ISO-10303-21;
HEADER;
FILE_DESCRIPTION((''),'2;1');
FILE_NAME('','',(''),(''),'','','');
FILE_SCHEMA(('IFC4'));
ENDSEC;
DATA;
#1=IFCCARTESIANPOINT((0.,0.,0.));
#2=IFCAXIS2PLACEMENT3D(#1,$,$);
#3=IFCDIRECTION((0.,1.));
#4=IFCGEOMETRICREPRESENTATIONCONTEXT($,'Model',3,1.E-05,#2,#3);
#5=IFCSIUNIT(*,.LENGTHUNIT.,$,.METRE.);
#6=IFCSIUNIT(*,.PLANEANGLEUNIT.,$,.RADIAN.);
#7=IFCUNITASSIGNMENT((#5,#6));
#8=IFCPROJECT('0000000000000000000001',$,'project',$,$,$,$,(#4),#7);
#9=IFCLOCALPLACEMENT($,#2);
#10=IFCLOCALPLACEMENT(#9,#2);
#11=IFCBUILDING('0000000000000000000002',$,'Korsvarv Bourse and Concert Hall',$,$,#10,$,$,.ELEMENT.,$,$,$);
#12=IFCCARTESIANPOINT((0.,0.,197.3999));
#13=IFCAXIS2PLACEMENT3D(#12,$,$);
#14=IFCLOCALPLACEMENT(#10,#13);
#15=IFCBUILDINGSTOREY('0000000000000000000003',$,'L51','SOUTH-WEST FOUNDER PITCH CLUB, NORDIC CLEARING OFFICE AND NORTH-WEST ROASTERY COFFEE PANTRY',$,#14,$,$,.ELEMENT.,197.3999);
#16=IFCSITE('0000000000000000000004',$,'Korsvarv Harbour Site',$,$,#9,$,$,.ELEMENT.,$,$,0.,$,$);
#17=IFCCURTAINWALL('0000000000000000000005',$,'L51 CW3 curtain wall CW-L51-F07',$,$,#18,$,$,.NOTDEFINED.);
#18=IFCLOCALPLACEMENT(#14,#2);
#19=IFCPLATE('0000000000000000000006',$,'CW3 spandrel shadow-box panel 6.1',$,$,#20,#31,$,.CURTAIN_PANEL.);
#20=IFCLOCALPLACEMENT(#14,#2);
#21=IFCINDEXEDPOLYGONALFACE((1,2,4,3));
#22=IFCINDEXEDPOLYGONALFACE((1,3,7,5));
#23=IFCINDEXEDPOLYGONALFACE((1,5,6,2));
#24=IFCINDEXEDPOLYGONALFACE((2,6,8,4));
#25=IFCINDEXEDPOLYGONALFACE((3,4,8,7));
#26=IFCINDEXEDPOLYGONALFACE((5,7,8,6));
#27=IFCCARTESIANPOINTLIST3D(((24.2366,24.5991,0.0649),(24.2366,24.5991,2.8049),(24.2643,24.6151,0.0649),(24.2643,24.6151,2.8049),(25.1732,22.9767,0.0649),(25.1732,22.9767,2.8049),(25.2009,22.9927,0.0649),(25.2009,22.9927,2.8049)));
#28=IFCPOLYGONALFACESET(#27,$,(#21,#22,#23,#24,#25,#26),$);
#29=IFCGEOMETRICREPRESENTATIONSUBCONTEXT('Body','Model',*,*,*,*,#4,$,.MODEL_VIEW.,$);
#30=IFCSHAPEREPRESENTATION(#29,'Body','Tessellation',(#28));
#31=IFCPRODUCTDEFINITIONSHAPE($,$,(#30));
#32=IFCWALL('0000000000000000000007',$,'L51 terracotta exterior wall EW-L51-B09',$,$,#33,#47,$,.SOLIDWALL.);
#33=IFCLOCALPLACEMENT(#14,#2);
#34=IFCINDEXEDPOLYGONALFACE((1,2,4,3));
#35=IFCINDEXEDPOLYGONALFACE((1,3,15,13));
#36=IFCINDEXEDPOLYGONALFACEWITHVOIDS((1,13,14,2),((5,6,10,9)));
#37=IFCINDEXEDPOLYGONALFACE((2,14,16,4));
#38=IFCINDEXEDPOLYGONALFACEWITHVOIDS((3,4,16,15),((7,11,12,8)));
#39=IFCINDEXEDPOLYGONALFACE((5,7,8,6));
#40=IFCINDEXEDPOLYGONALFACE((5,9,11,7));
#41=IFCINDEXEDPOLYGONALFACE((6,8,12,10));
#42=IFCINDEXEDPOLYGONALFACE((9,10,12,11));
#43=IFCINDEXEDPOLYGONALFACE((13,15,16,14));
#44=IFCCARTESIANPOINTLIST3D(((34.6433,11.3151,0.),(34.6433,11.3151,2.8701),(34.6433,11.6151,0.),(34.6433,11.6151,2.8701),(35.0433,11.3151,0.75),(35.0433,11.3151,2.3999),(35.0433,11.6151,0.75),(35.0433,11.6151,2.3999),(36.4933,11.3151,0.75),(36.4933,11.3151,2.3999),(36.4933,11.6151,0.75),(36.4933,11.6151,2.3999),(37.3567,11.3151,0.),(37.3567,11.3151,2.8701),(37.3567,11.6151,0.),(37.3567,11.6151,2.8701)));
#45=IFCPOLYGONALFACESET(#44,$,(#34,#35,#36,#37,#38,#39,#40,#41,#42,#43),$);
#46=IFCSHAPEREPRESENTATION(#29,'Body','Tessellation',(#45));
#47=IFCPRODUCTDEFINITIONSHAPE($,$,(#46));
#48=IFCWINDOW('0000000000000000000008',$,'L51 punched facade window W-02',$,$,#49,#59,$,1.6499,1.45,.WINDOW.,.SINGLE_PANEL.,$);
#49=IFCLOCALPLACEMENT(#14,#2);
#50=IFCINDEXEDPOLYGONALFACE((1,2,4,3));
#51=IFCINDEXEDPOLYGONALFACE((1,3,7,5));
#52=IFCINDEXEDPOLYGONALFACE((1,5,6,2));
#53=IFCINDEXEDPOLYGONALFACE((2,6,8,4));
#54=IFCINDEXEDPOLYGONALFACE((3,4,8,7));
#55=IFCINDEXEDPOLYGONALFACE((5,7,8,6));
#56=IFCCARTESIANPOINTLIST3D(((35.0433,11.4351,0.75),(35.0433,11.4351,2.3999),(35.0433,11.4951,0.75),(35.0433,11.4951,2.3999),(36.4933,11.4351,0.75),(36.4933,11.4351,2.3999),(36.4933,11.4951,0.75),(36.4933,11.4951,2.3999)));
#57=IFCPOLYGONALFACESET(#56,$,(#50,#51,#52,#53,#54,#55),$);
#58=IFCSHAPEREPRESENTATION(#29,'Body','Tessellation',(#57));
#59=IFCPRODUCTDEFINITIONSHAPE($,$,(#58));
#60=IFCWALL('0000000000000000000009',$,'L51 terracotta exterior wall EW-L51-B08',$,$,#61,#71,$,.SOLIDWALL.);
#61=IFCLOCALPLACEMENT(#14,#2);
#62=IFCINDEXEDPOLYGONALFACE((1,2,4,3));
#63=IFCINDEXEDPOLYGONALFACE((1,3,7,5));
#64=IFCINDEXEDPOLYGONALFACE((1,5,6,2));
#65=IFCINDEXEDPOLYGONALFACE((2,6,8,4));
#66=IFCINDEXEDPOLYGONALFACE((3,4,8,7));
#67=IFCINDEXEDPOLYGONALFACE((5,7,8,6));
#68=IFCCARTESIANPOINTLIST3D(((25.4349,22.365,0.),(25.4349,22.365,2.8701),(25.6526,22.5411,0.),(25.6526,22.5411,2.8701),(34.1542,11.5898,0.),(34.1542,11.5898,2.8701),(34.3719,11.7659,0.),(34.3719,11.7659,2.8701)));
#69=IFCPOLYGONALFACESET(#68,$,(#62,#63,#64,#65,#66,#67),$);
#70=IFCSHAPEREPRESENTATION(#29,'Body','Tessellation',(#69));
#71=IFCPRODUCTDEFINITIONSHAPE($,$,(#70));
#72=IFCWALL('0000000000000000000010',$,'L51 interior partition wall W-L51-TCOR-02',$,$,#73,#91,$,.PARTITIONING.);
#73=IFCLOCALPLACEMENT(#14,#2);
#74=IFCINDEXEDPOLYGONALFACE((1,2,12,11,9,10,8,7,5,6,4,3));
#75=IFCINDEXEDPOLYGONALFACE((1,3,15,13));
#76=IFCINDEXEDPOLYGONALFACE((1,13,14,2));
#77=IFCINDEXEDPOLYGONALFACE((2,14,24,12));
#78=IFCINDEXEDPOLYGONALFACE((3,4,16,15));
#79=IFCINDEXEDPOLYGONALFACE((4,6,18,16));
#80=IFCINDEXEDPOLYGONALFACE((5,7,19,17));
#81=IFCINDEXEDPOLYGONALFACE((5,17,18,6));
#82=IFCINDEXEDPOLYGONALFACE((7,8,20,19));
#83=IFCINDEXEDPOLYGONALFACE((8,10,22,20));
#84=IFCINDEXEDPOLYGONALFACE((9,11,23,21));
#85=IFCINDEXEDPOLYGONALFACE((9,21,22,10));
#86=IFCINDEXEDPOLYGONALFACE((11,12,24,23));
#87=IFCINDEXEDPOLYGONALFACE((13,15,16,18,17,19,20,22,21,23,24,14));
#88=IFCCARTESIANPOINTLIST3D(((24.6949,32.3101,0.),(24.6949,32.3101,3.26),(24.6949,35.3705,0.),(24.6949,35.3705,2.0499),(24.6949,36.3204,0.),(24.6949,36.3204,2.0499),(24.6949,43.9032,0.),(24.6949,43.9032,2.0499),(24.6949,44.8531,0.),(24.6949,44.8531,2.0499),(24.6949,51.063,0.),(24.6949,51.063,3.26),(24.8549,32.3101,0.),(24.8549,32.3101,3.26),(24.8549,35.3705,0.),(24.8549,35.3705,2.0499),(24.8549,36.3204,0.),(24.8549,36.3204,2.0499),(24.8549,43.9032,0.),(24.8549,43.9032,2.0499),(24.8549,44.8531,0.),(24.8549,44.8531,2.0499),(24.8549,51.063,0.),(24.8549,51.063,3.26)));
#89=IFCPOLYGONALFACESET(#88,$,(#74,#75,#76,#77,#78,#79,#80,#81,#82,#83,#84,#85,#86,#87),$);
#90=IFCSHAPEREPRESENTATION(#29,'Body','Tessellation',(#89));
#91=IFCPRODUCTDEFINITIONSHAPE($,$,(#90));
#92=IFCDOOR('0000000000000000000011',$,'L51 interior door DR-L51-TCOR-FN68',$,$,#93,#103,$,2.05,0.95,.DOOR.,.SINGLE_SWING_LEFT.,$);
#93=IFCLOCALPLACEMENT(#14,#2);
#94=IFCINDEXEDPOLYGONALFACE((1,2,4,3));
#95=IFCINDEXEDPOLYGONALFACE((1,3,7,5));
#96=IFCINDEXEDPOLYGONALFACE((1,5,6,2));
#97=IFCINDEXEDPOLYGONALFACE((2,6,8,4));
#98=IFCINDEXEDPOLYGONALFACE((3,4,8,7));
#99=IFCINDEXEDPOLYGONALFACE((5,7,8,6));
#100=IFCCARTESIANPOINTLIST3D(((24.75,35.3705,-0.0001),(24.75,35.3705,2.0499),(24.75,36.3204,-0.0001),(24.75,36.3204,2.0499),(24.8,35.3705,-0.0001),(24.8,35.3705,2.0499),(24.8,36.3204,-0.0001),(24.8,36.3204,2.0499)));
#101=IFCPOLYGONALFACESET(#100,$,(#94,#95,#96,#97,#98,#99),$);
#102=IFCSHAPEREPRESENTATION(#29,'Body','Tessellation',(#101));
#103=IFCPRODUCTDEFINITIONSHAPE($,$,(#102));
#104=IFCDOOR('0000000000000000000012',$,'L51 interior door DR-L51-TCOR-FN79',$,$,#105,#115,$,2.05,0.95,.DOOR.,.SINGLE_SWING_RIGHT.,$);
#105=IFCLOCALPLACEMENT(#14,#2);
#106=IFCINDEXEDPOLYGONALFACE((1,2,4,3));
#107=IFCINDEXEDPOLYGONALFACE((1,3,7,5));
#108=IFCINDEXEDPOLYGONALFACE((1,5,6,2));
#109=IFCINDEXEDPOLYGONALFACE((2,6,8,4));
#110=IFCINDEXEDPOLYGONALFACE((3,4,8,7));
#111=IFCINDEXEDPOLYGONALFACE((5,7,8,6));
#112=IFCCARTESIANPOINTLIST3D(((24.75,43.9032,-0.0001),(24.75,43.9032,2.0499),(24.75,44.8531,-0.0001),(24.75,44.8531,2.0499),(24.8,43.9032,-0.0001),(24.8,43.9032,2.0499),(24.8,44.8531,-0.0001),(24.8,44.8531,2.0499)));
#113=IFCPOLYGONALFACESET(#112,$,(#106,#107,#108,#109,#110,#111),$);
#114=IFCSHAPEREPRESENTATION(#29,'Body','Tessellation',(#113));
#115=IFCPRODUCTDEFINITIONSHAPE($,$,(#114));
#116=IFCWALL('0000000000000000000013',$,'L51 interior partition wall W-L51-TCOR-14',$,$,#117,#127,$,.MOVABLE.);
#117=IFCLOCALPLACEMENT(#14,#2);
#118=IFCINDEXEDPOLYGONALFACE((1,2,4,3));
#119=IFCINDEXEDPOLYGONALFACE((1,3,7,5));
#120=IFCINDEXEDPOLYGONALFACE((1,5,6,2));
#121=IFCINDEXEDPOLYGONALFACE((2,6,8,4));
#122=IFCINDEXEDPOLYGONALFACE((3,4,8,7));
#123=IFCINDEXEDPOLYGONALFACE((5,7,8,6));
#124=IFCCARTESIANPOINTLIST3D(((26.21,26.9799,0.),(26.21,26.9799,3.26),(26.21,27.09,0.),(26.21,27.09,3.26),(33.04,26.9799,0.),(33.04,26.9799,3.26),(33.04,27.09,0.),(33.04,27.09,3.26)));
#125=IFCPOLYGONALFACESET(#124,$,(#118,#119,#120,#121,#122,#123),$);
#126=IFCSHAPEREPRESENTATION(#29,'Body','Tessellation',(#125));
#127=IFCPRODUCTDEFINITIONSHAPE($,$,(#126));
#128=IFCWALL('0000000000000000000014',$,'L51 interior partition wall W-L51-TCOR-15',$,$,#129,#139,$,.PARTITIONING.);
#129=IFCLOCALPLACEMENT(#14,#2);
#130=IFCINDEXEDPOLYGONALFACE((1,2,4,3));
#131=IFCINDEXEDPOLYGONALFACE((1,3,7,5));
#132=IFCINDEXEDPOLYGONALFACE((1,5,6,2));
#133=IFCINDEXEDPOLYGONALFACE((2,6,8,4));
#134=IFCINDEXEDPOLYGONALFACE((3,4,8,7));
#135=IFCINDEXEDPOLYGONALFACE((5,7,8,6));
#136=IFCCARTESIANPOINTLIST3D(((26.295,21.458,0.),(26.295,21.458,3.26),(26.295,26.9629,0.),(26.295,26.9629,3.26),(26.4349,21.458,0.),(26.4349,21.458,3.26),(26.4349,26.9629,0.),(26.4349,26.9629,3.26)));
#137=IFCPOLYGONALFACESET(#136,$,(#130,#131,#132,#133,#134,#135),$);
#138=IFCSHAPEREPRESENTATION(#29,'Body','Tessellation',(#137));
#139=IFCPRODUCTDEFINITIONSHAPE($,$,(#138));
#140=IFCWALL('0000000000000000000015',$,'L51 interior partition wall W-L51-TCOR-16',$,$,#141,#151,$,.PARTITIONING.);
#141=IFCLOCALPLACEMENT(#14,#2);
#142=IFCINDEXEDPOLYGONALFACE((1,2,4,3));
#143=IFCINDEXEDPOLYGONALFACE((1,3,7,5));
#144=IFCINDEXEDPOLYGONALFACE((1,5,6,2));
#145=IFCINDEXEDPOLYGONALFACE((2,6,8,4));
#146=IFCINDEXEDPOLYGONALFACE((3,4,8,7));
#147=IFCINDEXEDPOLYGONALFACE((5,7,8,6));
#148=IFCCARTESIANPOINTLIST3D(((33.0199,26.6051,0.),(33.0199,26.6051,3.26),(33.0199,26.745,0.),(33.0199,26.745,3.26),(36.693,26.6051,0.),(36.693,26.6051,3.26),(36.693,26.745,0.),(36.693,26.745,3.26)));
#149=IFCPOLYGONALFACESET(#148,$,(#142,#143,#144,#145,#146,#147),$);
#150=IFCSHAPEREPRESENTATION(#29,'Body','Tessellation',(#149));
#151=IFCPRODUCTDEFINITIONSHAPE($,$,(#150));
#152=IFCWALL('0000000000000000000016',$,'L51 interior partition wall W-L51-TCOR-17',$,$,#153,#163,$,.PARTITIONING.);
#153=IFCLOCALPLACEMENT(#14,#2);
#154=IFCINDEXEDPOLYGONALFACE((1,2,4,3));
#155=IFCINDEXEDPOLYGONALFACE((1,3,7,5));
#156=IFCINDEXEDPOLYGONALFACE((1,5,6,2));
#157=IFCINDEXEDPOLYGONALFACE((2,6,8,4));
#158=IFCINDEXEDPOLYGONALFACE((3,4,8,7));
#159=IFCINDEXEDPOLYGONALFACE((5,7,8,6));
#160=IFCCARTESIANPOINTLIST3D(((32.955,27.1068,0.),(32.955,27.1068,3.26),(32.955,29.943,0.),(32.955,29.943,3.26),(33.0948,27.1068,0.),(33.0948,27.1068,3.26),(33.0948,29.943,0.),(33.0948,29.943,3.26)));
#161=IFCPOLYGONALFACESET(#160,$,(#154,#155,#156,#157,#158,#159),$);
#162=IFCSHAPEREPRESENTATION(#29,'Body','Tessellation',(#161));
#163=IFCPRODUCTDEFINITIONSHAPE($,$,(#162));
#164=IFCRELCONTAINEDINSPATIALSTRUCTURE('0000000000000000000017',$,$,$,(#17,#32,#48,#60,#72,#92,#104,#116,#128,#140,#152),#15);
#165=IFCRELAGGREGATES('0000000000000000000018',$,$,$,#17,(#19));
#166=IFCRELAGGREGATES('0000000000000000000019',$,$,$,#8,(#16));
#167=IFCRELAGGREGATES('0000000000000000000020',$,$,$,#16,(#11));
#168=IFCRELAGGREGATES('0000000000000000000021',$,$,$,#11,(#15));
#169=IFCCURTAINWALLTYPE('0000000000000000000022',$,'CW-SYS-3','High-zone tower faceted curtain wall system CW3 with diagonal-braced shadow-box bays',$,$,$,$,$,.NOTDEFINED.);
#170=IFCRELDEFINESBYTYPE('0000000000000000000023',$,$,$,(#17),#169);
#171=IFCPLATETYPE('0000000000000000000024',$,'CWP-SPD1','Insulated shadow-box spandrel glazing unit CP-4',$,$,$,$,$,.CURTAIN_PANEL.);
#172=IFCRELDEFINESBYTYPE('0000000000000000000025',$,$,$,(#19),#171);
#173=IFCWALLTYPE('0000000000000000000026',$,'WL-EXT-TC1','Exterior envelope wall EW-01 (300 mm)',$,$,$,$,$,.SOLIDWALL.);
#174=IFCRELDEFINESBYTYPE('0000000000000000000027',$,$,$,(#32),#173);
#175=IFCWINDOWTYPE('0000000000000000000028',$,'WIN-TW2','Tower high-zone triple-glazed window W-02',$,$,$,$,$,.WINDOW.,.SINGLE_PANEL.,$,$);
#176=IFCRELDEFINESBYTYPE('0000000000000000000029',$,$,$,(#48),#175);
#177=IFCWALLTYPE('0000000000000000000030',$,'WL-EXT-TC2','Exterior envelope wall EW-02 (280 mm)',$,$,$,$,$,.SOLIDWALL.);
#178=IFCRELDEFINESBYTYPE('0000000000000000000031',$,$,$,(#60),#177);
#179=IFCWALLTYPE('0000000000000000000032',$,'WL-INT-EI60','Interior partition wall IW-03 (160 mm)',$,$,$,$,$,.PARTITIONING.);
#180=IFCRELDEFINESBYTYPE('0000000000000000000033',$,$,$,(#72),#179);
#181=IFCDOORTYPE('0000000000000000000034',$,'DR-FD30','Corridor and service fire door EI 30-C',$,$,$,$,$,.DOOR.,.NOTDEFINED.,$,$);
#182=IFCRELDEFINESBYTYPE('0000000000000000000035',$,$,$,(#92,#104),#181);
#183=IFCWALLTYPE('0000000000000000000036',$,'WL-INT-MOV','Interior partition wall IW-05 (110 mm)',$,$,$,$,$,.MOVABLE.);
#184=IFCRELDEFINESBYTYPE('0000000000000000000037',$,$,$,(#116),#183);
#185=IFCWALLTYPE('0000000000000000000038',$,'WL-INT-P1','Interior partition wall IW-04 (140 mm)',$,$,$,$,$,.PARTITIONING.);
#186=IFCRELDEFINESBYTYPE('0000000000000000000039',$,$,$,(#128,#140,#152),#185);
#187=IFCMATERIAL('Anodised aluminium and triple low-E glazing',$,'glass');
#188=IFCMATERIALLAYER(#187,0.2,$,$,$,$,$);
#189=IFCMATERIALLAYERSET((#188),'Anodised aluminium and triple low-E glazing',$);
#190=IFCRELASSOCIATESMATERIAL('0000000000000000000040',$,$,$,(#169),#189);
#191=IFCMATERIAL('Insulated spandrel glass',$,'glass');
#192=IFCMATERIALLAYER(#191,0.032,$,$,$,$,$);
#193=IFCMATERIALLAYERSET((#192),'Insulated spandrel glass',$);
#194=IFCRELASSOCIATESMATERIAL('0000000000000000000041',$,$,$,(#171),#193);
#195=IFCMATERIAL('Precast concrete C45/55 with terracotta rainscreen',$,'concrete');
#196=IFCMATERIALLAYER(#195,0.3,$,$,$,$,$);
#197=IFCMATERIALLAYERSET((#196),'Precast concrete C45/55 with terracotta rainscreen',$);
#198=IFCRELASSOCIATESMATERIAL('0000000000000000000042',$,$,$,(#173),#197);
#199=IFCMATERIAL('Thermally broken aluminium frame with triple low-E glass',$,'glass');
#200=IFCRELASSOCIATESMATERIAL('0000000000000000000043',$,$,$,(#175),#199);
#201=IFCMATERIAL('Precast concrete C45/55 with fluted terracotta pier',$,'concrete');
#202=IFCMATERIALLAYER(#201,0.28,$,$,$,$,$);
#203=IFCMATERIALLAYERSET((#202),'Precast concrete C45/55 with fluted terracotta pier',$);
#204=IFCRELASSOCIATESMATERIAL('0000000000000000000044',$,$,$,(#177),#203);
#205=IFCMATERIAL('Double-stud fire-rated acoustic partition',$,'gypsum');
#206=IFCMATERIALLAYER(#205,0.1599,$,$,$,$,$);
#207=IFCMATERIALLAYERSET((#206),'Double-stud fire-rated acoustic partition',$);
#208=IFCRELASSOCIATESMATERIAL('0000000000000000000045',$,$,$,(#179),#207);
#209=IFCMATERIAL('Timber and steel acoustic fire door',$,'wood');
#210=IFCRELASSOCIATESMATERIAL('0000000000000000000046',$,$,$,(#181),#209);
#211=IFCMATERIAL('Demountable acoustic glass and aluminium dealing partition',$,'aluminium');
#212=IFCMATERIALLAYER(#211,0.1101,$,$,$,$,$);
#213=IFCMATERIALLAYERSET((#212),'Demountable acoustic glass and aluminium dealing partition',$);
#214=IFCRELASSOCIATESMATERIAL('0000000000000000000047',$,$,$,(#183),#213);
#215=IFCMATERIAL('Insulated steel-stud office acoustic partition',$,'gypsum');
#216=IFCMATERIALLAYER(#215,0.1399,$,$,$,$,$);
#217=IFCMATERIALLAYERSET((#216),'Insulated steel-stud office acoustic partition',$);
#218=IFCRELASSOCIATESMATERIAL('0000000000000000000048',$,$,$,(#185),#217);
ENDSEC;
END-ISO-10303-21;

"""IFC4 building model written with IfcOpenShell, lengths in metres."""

from ifc_helpers import new_model, si_unit, direction, frame, frame_2d, origin, origin_2d, place, context, subcontext, project, spatial, rectangle, extrude, source, transform, mapped, material, layer, layer_set, type_object, element, fill, aggregate, save


model = new_model("IFC4")

# Units and contexts
model_context = context("Model", 3, precision=1e-05, world=origin(), true_north=direction((0.0, 1.0)))
body_context = subcontext(model_context, "Body", "Model", "MODEL_VIEW")
ifc_project = project(units=[si_unit("LENGTHUNIT", "METRE"), si_unit("PLANEANGLEUNIT", "RADIAN")], contexts=[model_context])

# Site, building, storey
site_placement = place(None, origin())
site = spatial("IfcSite", under=ifc_project, at=site_placement, Name="Korsvarv Harbour Site", CompositionType="ELEMENT", RefElevation=0.0)
building_placement = place(site_placement, origin())
building = spatial("IfcBuilding", under=site, at=building_placement, Name="Korsvarv Bourse and Concert Hall", CompositionType="ELEMENT")
storey_placement = place(building_placement, frame((0.0, 0.0, 197.3999)))
storey = spatial("IfcBuildingStorey", under=building, at=storey_placement, Name="L51", Description="SOUTH-WEST FOUNDER PITCH CLUB, NORDIC CLEARING OFFICE AND NORTH-WEST ROASTERY COFFEE PANTRY", CompositionType="ELEMENT", Elevation=197.3999)

# Curtain wall, plate
ifc_material_1 = material(Name="Anodised aluminium and triple low-E glazing", Category="glass")
ifc_layer_1 = layer(ifc_material_1, 0.2)
ifc_layer_set_1 = layer_set([ifc_layer_1], Name="Anodised aluminium and triple low-E glazing")
curtain_wall_type = type_object("IfcCurtainWallType", Name="CW-SYS-3", Description="High-zone tower faceted curtain wall system CW3 with diagonal-braced shadow-box bays", PredefinedType="NOTDEFINED", material=ifc_layer_set_1)
curtain_wall_placement = place(storey_placement, origin())
curtain_wall = element("IfcCurtainWall", 1, at=curtain_wall_placement, inside=storey, type_object=curtain_wall_type, Name="L51 CW3 curtain wall CW-L51-F07", PredefinedType="NOTDEFINED")
ifc_material_2 = material(Name="Insulated spandrel glass", Category="glass")
ifc_layer_2 = layer(ifc_material_2, 0.032)
ifc_layer_set_2 = layer_set([ifc_layer_2], Name="Insulated spandrel glass")
plate_type_1 = type_object("IfcPlateType", Name="CWP-SPD1", Description="Insulated shadow-box spandrel glazing unit CP-4", PredefinedType="CURTAIN_PANEL", material=ifc_layer_set_2)
shared_shape_1 = source(origin(), body_context, "Body", "SweptSolid", [
    extrude(rectangle(XDim=1.8733, YDim=0.032, at=origin_2d()), origin(), (0.0, 0.0, 1.0), 2.74),
])
plate_1_placement = place(storey_placement, frame((24.7188, 23.7959, 0.0649), z_axis=(0.0, 0.0, 1.0), x_axis=(0.499993, -0.86603, 0.0)))
plate_1 = element("IfcPlate", 2, at=plate_1_placement, type_object=plate_type_1, Name="CW3 spandrel shadow-box panel 6.1", PredefinedType="CURTAIN_PANEL", context=body_context, shape_type="MappedRepresentation", body=[
    mapped(shared_shape_1, transform((0.0, 0.0, 0.0), scale=1.0)),
])
aggregate(curtain_wall, [plate_1])

# Wall, opening, window
ifc_material_3 = material(Name="Precast concrete C45/55 with terracotta rainscreen", Category="concrete")
ifc_layer_3 = layer(ifc_material_3, 0.3)
ifc_layer_set_3 = layer_set([ifc_layer_3], Name="Precast concrete C45/55 with terracotta rainscreen")
wall_type_1 = type_object("IfcWallType", Name="WL-EXT-TC1", Description="Exterior envelope wall EW-01 (300 mm)", PredefinedType="SOLIDWALL", material=ifc_layer_set_3)
wall_1_placement = place(storey_placement, frame((34.6433, 11.4651, 0.0), z_axis=(0.0, 0.0, 1.0), x_axis=(1.0, 0.0, 0.0)))
wall_1 = element("IfcWall", 3, at=wall_1_placement, inside=storey, type_object=wall_type_1, Name="L51 terracotta exterior wall EW-L51-B09", PredefinedType="SOLIDWALL", context=body_context, shape_type="SweptSolid", body=[
    extrude(rectangle(XDim=2.7134, YDim=0.3, at=frame_2d((1.3567, 0.0))), origin(), (0.0, 0.0, 1.0), 2.8701),
])
opening_1_placement = place(wall_1_placement, frame((0.3999, 0.0, 0.75)))
opening_1 = element("IfcOpeningElement", 4, at=opening_1_placement, cuts=wall_1, PredefinedType="OPENING", context=body_context, shape_type="SweptSolid", body=[
    extrude(rectangle(XDim=1.45, YDim=1.6499, at=frame_2d((0.7251, 0.825))), frame((0.0, 0.1602, 0.0), z_axis=(0.0, -1.0, 0.0), x_axis=(1.0, 0.0, 0.0)), (0.0, 0.0, 1.0), 0.3201),
])
ifc_material_4 = material(Name="Thermally broken aluminium frame with triple low-E glass", Category="glass")
window_type = type_object("IfcWindowType", Name="WIN-TW2", Description="Tower high-zone triple-glazed window W-02", PartitioningType="SINGLE_PANEL", PredefinedType="WINDOW", material=ifc_material_4)
window_placement = place(opening_1_placement, origin())
window = element("IfcWindow", 5, at=window_placement, inside=storey, type_object=window_type, Name="L51 punched facade window W-02", OverallHeight=1.6499, OverallWidth=1.45, PartitioningType="SINGLE_PANEL", PredefinedType="WINDOW", context=body_context, shape_type="SweptSolid", body=[
    extrude(rectangle(XDim=1.45, YDim=1.6499, at=frame_2d((0.7251, 0.825))), frame((0.0, 0.03, 0.0), z_axis=(0.0, -1.0, 0.0), x_axis=(1.0, 0.0, 0.0)), (0.0, 0.0, 1.0), 0.0601),
])
fill(opening_1, window)

# Wall
ifc_material_5 = material(Name="Precast concrete C45/55 with fluted terracotta pier", Category="concrete")
ifc_layer_4 = layer(ifc_material_5, 0.28)
ifc_layer_set_4 = layer_set([ifc_layer_4], Name="Precast concrete C45/55 with fluted terracotta pier")
wall_type_2 = type_object("IfcWallType", Name="WL-EXT-TC2", Description="Exterior envelope wall EW-02 (280 mm)", PredefinedType="SOLIDWALL", material=ifc_layer_set_4)
wall_2_placement = place(storey_placement, frame((25.5437, 22.4531, 0.0), z_axis=(0.0, 0.0, 1.0), x_axis=(0.629046, -0.777368, 0.0)))
element("IfcWall", 6, at=wall_2_placement, inside=storey, type_object=wall_type_2, Name="L51 terracotta exterior wall EW-L51-B08", PredefinedType="SOLIDWALL", context=body_context, shape_type="SweptSolid", body=[
    extrude(rectangle(XDim=13.8611, YDim=0.28, at=frame_2d((6.9307, 0.0))), origin(), (0.0, 0.0, 1.0), 2.8701),
])

# Wall, openings, doors
ifc_material_6 = material(Name="Double-stud fire-rated acoustic partition", Category="gypsum")
ifc_layer_5 = layer(ifc_material_6, 0.1599)
ifc_layer_set_5 = layer_set([ifc_layer_5], Name="Double-stud fire-rated acoustic partition")
wall_type_3 = type_object("IfcWallType", Name="WL-INT-EI60", Description="Interior partition wall IW-03 (160 mm)", PredefinedType="PARTITIONING", material=ifc_layer_set_5)
wall_3_placement = place(storey_placement, frame((24.7749, 32.3101, 0.0), z_axis=(0.0, 0.0, 1.0), x_axis=(0.0, 1.0, 0.0)))
wall_3 = element("IfcWall", 7, at=wall_3_placement, inside=storey, type_object=wall_type_3, Name="L51 interior partition wall W-L51-TCOR-02", PredefinedType="PARTITIONING", context=body_context, shape_type="SweptSolid", body=[
    extrude(rectangle(XDim=18.7529, YDim=0.1599, at=frame_2d((9.3765, 0.0))), origin(), (0.0, 0.0, 1.0), 3.26),
])
opening_2_placement = place(wall_3_placement, frame((3.0603, 0.0, 0.0)))
opening_2 = element("IfcOpeningElement", 8, at=opening_2_placement, cuts=wall_3, PredefinedType="OPENING", context=body_context, shape_type="SweptSolid", body=[
    extrude(rectangle(XDim=0.95, YDim=2.05, at=frame_2d((0.4751, 1.0249))), frame((0.0, 0.0898, 0.0), z_axis=(0.0, -1.0, 0.0), x_axis=(1.0, 0.0, 0.0)), (0.0, 0.0, 1.0), 0.1799),
])
opening_3_placement = place(wall_3_placement, frame((11.593, 0.0, 0.0)))
opening_3 = element("IfcOpeningElement", 9, at=opening_3_placement, cuts=wall_3, PredefinedType="OPENING", context=body_context, shape_type="SweptSolid", body=[
    extrude(rectangle(XDim=0.95, YDim=2.05, at=frame_2d((0.4751, 1.0249))), frame((0.0, 0.0898, 0.0), z_axis=(0.0, -1.0, 0.0), x_axis=(1.0, 0.0, 0.0)), (0.0, 0.0, 1.0), 0.1799),
])
ifc_material_7 = material(Name="Timber and steel acoustic fire door", Category="wood")
door_type = type_object("IfcDoorType", Name="DR-FD30", Description="Corridor and service fire door EI 30-C", OperationType="NOTDEFINED", PredefinedType="DOOR", material=ifc_material_7)
door_1_placement = place(opening_2_placement, origin())
door_1 = element("IfcDoor", 10, at=door_1_placement, inside=storey, type_object=door_type, Name="L51 interior door DR-L51-TCOR-FN68", OperationType="SINGLE_SWING_LEFT", OverallHeight=2.05, OverallWidth=0.95, PredefinedType="DOOR", context=body_context, shape_type="SweptSolid", body=[
    extrude(rectangle(XDim=0.95, YDim=2.05, at=frame_2d((0.4751, 1.0249))), frame((0.0, 0.0249, 0.0), z_axis=(0.0, -1.0, 0.0), x_axis=(1.0, 0.0, 0.0)), (0.0, 0.0, 1.0), 0.05),
])
fill(opening_2, door_1)
door_2_placement = place(opening_3_placement, origin())
door_2 = element("IfcDoor", 11, at=door_2_placement, inside=storey, type_object=door_type, Name="L51 interior door DR-L51-TCOR-FN79", OperationType="SINGLE_SWING_RIGHT", OverallHeight=2.05, OverallWidth=0.95, PredefinedType="DOOR", context=body_context, shape_type="SweptSolid", body=[
    extrude(rectangle(XDim=0.95, YDim=2.05, at=frame_2d((0.4751, 1.0249))), frame((0.0, 0.0249, 0.0), z_axis=(0.0, -1.0, 0.0), x_axis=(1.0, 0.0, 0.0)), (0.0, 0.0, 1.0), 0.05),
])
fill(opening_3, door_2)

# Walls
ifc_material_8 = material(Name="Demountable acoustic glass and aluminium dealing partition", Category="aluminium")
ifc_layer_6 = layer(ifc_material_8, 0.1101)
ifc_layer_set_6 = layer_set([ifc_layer_6], Name="Demountable acoustic glass and aluminium dealing partition")
wall_type_4 = type_object("IfcWallType", Name="WL-INT-MOV", Description="Interior partition wall IW-05 (110 mm)", PredefinedType="MOVABLE", material=ifc_layer_set_6)
wall_4_placement = place(storey_placement, frame((26.21, 27.0349, 0.0), z_axis=(0.0, 0.0, 1.0), x_axis=(1.0, 0.0, 0.0)))
element("IfcWall", 12, at=wall_4_placement, inside=storey, type_object=wall_type_4, Name="L51 interior partition wall W-L51-TCOR-14", PredefinedType="MOVABLE", context=body_context, shape_type="SweptSolid", body=[
    extrude(rectangle(XDim=6.8301, YDim=0.1101, at=frame_2d((3.415, 0.0))), origin(), (0.0, 0.0, 1.0), 3.26),
])
ifc_material_9 = material(Name="Insulated steel-stud office acoustic partition", Category="gypsum")
ifc_layer_7 = layer(ifc_material_9, 0.1399)
ifc_layer_set_7 = layer_set([ifc_layer_7], Name="Insulated steel-stud office acoustic partition")
wall_type_5 = type_object("IfcWallType", Name="WL-INT-P1", Description="Interior partition wall IW-04 (140 mm)", PredefinedType="PARTITIONING", material=ifc_layer_set_7)
wall_5_placement = place(storey_placement, frame((26.365, 21.458, 0.0), z_axis=(0.0, 0.0, 1.0), x_axis=(0.0, 1.0, 0.0)))
element("IfcWall", 13, at=wall_5_placement, inside=storey, type_object=wall_type_5, Name="L51 interior partition wall W-L51-TCOR-15", PredefinedType="PARTITIONING", context=body_context, shape_type="SweptSolid", body=[
    extrude(rectangle(XDim=5.5049, YDim=0.1399, at=frame_2d((2.7524, 0.0))), origin(), (0.0, 0.0, 1.0), 3.26),
])
wall_6_placement = place(storey_placement, frame((33.02, 26.675, 0.0), z_axis=(0.0, 0.0, 1.0), x_axis=(1.0, 0.0, 0.0)))
element("IfcWall", 14, at=wall_6_placement, inside=storey, type_object=wall_type_5, Name="L51 interior partition wall W-L51-TCOR-16", PredefinedType="PARTITIONING", context=body_context, shape_type="SweptSolid", body=[
    extrude(rectangle(XDim=3.6731, YDim=0.1399, at=frame_2d((1.8364, 0.0))), origin(), (0.0, 0.0, 1.0), 3.26),
])
wall_7_placement = place(storey_placement, frame((33.0249, 27.1069, 0.0), z_axis=(0.0, 0.0, 1.0), x_axis=(0.0, 1.0, 0.0)))
element("IfcWall", 15, at=wall_7_placement, inside=storey, type_object=wall_type_5, Name="L51 interior partition wall W-L51-TCOR-17", PredefinedType="PARTITIONING", context=body_context, shape_type="SweptSolid", body=[
    extrude(rectangle(XDim=2.8362, YDim=0.1399, at=frame_2d((1.418, 0.0))), origin(), (0.0, 0.0, 1.0), 3.26),
])

save(model, "model.ifc")
